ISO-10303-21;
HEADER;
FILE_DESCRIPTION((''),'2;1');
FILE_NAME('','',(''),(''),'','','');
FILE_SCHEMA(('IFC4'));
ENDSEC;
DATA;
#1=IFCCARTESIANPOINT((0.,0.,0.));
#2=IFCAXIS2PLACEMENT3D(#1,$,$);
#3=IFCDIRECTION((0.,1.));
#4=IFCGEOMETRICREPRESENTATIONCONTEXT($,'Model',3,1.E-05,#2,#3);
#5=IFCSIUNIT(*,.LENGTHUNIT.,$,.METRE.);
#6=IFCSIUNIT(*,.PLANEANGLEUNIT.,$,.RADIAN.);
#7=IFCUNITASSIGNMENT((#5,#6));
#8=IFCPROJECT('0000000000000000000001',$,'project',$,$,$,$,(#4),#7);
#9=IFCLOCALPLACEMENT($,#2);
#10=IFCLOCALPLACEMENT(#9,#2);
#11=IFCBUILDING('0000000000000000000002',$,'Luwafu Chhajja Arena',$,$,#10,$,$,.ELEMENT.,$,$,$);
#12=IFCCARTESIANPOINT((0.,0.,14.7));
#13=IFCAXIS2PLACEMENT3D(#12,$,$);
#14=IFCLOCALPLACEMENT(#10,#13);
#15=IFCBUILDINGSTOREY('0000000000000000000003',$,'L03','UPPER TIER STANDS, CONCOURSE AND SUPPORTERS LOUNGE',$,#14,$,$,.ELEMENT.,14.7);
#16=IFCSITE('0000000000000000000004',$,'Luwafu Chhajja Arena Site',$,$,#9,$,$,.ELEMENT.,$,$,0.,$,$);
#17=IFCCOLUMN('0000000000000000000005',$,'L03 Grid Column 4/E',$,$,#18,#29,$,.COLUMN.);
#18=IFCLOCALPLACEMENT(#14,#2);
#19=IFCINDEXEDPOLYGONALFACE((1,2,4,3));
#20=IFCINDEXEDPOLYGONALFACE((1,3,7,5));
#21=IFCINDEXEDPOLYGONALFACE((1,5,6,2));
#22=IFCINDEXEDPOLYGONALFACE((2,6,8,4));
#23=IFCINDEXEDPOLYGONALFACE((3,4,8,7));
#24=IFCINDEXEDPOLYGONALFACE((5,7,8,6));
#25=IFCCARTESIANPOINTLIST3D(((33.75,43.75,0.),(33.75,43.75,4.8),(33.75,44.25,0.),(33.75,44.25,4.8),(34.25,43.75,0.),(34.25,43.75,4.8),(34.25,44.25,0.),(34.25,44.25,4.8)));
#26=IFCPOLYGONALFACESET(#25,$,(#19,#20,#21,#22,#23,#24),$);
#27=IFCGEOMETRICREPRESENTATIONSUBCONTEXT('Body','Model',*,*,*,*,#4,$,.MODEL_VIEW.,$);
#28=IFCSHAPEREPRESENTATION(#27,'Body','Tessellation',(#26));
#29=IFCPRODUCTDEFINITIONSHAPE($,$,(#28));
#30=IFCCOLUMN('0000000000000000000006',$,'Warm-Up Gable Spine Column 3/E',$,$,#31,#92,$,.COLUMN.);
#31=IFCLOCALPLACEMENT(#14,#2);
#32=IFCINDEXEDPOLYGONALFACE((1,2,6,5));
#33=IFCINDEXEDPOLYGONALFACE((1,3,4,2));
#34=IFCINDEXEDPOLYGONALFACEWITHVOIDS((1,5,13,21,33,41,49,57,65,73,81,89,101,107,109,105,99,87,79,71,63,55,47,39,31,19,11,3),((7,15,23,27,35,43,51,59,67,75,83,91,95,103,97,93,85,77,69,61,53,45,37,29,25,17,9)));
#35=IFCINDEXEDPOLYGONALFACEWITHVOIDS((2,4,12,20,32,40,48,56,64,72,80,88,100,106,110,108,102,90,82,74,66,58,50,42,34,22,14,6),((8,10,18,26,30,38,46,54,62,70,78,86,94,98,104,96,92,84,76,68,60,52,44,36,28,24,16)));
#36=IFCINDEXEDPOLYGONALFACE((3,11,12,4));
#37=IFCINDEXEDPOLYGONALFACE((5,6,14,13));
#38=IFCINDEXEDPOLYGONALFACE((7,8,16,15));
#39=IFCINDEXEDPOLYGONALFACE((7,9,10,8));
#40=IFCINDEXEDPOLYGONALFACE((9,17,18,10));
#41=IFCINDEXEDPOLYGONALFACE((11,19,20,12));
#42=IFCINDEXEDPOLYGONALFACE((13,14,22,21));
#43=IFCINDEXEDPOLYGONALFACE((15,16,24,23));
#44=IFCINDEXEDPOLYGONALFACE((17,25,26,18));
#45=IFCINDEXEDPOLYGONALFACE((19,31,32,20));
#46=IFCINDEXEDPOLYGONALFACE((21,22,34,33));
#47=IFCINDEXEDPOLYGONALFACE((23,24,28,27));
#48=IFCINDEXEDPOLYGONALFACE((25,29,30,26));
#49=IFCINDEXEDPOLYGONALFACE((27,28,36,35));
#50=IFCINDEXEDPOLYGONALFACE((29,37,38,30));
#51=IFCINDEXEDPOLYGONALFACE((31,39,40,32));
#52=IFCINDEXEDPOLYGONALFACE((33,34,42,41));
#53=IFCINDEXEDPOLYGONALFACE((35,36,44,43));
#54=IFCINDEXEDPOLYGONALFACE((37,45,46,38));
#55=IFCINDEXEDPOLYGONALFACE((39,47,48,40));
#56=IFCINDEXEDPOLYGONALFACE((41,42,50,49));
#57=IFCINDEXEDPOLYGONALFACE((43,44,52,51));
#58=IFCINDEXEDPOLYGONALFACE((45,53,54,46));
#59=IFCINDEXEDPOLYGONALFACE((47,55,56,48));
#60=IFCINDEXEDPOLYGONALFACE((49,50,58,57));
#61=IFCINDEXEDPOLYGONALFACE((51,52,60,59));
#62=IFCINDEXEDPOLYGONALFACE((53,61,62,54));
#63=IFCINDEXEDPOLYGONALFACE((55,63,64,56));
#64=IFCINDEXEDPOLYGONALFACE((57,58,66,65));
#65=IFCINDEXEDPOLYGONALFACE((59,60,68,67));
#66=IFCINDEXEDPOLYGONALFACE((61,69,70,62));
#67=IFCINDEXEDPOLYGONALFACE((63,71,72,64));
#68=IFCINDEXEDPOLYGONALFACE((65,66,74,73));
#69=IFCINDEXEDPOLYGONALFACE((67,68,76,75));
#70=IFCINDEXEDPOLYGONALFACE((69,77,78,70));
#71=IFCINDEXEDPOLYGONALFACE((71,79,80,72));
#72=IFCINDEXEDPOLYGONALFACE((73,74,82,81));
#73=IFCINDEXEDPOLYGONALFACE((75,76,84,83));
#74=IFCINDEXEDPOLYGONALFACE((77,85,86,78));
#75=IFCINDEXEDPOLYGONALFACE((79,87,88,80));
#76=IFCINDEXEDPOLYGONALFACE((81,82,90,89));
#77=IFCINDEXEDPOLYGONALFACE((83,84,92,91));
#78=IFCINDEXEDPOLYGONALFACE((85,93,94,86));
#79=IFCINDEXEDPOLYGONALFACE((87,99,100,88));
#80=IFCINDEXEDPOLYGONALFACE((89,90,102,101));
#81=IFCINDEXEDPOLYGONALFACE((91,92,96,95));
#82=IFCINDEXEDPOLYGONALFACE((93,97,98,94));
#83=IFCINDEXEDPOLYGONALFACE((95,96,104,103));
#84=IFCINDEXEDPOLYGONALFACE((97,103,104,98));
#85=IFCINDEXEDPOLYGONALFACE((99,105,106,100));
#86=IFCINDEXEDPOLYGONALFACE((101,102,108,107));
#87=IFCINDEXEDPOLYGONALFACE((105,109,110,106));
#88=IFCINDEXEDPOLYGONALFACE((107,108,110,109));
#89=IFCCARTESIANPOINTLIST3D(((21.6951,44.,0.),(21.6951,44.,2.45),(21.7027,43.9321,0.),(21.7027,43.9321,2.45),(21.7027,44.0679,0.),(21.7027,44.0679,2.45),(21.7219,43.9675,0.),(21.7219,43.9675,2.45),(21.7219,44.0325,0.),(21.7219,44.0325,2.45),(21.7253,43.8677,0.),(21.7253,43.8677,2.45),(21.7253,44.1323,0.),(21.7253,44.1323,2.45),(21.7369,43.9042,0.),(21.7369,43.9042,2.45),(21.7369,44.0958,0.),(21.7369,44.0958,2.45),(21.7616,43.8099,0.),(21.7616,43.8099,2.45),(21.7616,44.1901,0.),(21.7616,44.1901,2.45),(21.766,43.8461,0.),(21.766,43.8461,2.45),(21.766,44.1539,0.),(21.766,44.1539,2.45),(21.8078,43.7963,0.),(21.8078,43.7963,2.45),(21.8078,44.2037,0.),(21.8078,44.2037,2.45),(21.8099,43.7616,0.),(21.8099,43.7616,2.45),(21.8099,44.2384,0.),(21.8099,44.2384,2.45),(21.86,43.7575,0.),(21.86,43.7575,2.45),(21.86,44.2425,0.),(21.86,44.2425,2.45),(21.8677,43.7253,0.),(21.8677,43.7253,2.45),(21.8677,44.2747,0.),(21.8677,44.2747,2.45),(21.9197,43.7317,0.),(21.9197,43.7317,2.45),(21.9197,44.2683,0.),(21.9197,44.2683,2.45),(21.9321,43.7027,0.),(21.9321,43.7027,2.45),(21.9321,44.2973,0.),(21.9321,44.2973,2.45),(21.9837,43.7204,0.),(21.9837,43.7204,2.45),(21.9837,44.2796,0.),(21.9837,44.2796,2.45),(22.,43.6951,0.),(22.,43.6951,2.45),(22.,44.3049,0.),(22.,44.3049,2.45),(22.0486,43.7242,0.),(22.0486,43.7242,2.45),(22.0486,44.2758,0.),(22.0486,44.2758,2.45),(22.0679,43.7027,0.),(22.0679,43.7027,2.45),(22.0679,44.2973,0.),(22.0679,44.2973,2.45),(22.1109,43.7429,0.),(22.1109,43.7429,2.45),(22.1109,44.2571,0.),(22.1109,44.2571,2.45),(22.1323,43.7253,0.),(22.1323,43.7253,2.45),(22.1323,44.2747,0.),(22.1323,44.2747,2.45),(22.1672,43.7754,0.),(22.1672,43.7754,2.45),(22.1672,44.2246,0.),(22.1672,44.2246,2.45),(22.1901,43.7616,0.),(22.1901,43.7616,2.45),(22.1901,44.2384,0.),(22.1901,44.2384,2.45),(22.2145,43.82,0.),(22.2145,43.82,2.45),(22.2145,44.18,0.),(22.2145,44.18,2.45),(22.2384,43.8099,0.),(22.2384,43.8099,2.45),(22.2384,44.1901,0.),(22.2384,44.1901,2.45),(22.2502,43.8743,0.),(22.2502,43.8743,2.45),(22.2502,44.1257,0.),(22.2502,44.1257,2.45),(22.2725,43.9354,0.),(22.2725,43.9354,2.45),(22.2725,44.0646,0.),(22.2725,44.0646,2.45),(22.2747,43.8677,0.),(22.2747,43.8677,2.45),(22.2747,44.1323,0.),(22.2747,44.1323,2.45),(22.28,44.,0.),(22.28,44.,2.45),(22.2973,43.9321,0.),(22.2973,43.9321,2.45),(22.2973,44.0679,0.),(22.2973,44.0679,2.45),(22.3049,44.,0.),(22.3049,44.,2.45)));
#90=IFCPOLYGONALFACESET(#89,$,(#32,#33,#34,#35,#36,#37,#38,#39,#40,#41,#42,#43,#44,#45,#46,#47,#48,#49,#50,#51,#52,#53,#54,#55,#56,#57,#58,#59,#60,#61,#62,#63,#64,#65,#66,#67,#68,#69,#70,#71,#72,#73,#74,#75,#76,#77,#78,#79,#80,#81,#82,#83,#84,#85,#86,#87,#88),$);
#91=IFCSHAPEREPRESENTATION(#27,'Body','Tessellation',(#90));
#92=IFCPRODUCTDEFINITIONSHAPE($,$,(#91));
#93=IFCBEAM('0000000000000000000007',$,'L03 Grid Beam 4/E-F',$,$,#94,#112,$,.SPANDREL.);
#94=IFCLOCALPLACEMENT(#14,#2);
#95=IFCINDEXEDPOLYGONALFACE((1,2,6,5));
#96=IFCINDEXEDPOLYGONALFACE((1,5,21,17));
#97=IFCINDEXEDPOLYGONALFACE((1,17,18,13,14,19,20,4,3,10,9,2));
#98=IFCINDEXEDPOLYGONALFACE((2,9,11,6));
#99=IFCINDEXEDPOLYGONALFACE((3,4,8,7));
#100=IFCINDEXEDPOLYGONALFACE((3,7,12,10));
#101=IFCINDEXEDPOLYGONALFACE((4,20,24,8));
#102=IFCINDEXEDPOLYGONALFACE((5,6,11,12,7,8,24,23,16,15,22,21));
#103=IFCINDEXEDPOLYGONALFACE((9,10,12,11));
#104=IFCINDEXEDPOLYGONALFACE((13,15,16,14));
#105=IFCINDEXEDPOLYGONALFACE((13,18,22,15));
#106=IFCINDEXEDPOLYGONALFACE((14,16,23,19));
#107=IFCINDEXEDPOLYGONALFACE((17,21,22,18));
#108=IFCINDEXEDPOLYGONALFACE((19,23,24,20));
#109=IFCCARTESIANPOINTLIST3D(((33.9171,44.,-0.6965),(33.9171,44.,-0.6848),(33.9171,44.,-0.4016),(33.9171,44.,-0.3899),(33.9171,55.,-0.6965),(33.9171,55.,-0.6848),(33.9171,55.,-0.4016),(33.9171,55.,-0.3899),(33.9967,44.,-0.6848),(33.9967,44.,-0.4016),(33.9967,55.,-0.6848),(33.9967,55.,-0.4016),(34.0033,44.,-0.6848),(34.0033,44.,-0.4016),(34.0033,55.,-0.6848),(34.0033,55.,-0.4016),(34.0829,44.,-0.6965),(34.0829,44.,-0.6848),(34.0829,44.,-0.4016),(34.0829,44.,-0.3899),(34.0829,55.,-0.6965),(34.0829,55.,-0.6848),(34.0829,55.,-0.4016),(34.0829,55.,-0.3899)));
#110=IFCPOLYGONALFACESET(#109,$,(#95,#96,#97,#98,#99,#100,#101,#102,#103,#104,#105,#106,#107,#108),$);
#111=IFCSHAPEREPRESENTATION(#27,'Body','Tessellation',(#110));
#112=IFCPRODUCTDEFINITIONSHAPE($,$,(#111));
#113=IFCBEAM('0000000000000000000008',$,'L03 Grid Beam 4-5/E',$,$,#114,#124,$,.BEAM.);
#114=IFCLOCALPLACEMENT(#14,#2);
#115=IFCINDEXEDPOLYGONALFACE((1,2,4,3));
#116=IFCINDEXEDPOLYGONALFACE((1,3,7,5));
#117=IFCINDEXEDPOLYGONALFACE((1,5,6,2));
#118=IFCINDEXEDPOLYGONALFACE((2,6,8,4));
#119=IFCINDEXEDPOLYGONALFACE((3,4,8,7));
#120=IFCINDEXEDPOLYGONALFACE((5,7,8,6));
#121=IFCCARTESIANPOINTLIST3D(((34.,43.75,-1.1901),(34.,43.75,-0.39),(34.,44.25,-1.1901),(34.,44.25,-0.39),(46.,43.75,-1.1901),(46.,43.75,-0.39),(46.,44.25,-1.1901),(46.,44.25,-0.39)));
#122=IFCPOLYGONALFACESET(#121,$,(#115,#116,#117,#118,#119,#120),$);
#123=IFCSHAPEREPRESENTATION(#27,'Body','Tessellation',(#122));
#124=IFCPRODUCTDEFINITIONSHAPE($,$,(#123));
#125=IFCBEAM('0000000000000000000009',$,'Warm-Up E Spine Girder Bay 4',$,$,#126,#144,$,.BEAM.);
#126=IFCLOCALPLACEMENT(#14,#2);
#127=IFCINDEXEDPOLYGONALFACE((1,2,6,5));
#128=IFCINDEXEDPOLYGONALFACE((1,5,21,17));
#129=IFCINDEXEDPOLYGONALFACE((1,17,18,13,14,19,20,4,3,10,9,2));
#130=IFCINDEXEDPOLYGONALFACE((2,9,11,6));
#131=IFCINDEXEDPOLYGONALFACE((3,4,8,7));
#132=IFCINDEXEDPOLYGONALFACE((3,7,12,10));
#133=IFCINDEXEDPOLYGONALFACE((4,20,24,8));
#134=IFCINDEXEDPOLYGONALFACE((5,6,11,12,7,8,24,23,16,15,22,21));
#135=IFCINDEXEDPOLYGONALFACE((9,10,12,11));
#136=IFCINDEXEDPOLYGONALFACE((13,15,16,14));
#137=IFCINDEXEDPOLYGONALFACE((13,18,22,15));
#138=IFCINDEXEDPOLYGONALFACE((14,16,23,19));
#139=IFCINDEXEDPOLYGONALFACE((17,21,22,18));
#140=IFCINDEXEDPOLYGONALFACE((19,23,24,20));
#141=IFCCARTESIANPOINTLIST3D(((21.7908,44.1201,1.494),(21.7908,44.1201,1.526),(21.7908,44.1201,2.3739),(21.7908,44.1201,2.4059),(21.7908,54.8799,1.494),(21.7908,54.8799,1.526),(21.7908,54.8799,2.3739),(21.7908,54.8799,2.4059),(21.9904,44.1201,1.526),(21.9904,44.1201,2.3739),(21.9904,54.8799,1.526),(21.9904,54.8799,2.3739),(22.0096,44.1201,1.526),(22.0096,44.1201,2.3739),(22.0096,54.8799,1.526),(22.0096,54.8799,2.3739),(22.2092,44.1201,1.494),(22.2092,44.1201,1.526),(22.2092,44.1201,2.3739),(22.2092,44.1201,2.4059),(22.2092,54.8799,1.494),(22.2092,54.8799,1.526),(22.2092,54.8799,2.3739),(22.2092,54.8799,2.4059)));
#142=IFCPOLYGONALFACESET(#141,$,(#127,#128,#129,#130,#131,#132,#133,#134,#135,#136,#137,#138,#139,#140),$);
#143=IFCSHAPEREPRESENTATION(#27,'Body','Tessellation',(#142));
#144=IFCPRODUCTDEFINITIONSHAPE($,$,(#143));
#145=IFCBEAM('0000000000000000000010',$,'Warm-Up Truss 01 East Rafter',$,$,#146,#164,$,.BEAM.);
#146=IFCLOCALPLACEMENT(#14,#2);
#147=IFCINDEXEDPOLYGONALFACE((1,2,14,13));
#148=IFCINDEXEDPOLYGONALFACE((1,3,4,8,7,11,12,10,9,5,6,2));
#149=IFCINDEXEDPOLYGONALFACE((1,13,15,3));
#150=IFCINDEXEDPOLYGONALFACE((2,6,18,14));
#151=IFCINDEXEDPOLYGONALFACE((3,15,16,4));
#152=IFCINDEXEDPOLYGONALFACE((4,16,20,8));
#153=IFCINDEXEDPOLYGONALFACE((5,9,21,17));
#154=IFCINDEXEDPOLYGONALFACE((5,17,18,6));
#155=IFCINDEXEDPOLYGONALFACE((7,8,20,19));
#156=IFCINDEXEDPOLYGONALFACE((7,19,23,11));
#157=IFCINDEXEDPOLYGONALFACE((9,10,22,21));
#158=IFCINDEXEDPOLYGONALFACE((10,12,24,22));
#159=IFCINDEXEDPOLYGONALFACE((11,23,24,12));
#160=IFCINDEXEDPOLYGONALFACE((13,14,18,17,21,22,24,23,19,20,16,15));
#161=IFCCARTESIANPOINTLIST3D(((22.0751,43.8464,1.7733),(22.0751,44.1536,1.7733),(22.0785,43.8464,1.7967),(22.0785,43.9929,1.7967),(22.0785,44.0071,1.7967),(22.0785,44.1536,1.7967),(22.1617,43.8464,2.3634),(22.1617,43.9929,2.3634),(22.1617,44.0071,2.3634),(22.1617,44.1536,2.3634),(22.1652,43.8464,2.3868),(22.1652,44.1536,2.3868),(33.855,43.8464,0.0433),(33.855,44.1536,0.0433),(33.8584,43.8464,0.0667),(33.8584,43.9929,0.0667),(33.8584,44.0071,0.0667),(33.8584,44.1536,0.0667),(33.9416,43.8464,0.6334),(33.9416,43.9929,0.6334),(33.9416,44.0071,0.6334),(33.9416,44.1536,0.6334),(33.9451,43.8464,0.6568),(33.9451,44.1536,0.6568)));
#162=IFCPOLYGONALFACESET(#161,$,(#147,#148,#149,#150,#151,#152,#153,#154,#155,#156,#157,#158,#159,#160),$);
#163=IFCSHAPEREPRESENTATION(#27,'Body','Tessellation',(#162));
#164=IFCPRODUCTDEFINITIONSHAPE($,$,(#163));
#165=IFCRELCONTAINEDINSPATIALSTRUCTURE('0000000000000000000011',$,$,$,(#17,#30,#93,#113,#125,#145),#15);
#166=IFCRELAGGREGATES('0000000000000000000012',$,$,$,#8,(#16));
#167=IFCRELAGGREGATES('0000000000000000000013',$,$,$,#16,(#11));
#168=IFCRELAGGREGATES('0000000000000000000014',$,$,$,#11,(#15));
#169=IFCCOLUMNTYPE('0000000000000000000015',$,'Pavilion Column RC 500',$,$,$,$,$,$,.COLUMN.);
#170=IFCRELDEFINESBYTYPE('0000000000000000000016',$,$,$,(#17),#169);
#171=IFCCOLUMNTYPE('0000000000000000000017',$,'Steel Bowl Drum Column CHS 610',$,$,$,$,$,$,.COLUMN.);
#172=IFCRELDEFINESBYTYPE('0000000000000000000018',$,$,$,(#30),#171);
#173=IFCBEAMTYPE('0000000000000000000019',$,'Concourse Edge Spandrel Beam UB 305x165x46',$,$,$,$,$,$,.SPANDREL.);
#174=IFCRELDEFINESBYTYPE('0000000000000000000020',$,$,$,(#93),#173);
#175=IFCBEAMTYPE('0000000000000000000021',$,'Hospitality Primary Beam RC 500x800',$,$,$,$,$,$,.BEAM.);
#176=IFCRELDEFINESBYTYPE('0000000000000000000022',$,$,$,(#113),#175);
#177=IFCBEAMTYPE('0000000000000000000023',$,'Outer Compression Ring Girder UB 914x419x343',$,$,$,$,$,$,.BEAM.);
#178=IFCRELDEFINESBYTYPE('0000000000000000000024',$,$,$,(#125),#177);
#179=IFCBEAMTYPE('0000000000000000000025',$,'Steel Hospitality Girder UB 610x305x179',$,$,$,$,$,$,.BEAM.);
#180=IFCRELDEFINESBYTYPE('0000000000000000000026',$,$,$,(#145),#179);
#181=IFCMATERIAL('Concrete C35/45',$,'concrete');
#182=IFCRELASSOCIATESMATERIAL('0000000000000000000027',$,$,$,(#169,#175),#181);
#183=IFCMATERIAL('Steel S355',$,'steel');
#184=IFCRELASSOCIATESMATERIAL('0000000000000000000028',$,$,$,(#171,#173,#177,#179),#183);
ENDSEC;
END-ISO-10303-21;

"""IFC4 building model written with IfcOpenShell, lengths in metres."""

from ifc_helpers import new_model, si_unit, direction, frame, origin, origin_2d, place, context, subcontext, project, spatial, rectangle, hollow_circle, i_section, extrude, material, material_profile, profile_set, type_object, element, save


model = new_model("IFC4")

# Units and contexts
model_context = context("Model", 3, precision=1e-05, world=origin(), true_north=direction((0.0, 1.0)))
body_context = subcontext(model_context, "Body", "Model", "MODEL_VIEW")
ifc_project = project(units=[si_unit("LENGTHUNIT", "METRE"), si_unit("PLANEANGLEUNIT", "RADIAN")], contexts=[model_context])

# Site, building, storey
site_placement = place(None, origin())
site = spatial("IfcSite", under=ifc_project, at=site_placement, Name="Luwafu Chhajja Arena Site", CompositionType="ELEMENT", RefElevation=0.0)
building_placement = place(site_placement, origin())
building = spatial("IfcBuilding", under=site, at=building_placement, Name="Luwafu Chhajja Arena", CompositionType="ELEMENT")
storey_placement = place(building_placement, frame((0.0, 0.0, 14.7)))
storey = spatial("IfcBuildingStorey", under=building, at=storey_placement, Name="L03", Description="UPPER TIER STANDS, CONCOURSE AND SUPPORTERS LOUNGE", CompositionType="ELEMENT", Elevation=14.7)

# Columns
ifc_material_1 = material(Name="Concrete C35/45", Category="concrete")
ifc_material_profile_1 = material_profile(ifc_material_1, rectangle(XDim=0.5, YDim=0.5, at=origin_2d()), Name="RC 500x500")
ifc_profile_set_1 = profile_set([ifc_material_profile_1], Name="Concrete C35/45")
column_type_1 = type_object("IfcColumnType", Name="Pavilion Column RC 500", PredefinedType="COLUMN", material=ifc_profile_set_1)
column_1_placement = place(storey_placement, frame((34.0, 44.0, 0.0), z_axis=(0.0, 0.0, 1.0), x_axis=(1.0, 0.0, 0.0)))
element("IfcColumn", 1, at=column_1_placement, inside=storey, type_object=column_type_1, Name="L03 Grid Column 4/E", PredefinedType="COLUMN", context=body_context, shape_type="SweptSolid", body=[
    extrude(rectangle(XDim=0.5, YDim=0.5, at=origin_2d()), origin(), (0.0, 0.0, 1.0), 4.8),
])
ifc_material_2 = material(Name="Steel S355", Category="steel")
ifc_material_profile_2 = material_profile(ifc_material_2, hollow_circle(Radius=0.3049, WallThickness=0.0249, at=origin_2d()), Name="CHS 610x25")
ifc_profile_set_2 = profile_set([ifc_material_profile_2], Name="Steel S355")
column_type_2 = type_object("IfcColumnType", Name="Steel Bowl Drum Column CHS 610", PredefinedType="COLUMN", material=ifc_profile_set_2)
column_2_placement = place(storey_placement, frame((22.0, 44.0, 0.0), z_axis=(0.0, 0.0, 1.0), x_axis=(1.0, 0.0, 0.0)))
element("IfcColumn", 2, at=column_2_placement, inside=storey, type_object=column_type_2, Name="Warm-Up Gable Spine Column 3/E", PredefinedType="COLUMN", context=body_context, shape_type="SweptSolid", body=[
    extrude(hollow_circle(Radius=0.3049, WallThickness=0.0249, at=origin_2d()), origin(), (0.0, 0.0, 1.0), 2.45),
])

# Beams
ifc_material_profile_3 = material_profile(ifc_material_2, i_section(OverallWidth=0.1658, OverallDepth=0.3066, WebThickness=0.0066, FlangeThickness=0.0117, at=origin_2d()), Name="UB 305x165x46")
ifc_profile_set_3 = profile_set([ifc_material_profile_3], Name="Steel S355")
beam_type_1 = type_object("IfcBeamType", Name="Concourse Edge Spandrel Beam UB 305x165x46", PredefinedType="SPANDREL", material=ifc_profile_set_3)
beam_1_placement = place(storey_placement, frame((34.0, 44.0, -0.5432), z_axis=(0.0, 1.0, 0.0), x_axis=(-1.0, 0.0, 0.0)))
element("IfcBeam", 3, at=beam_1_placement, inside=storey, type_object=beam_type_1, Name="L03 Grid Beam 4/E-F", PredefinedType="SPANDREL", context=body_context, shape_type="SweptSolid", body=[
    extrude(i_section(OverallWidth=0.1658, OverallDepth=0.3066, WebThickness=0.0066, FlangeThickness=0.0117, at=origin_2d()), origin(), (0.0, 0.0, 1.0), 11.0),
])
ifc_material_profile_4 = material_profile(ifc_material_1, rectangle(XDim=0.5, YDim=0.8, at=origin_2d()), Name="RC 500x800")
ifc_profile_set_4 = profile_set([ifc_material_profile_4], Name="Concrete C35/45")
beam_type_2 = type_object("IfcBeamType", Name="Hospitality Primary Beam RC 500x800", PredefinedType="BEAM", material=ifc_profile_set_4)
beam_2_placement = place(storey_placement, frame((34.0, 44.0, -0.79), z_axis=(1.0, 0.0, 0.0), x_axis=(0.0, 1.0, 0.0)))
element("IfcBeam", 4, at=beam_2_placement, inside=storey, type_object=beam_type_2, Name="L03 Grid Beam 4-5/E", PredefinedType="BEAM", context=body_context, shape_type="SweptSolid", body=[
    extrude(rectangle(XDim=0.5, YDim=0.8, at=origin_2d()), origin(), (0.0, 0.0, 1.0), 12.0),
])
ifc_material_profile_5 = material_profile(ifc_material_2, i_section(OverallWidth=0.4185, OverallDepth=0.9119, WebThickness=0.0193, FlangeThickness=0.032, at=origin_2d()), Name="UB 914x419x343")
ifc_profile_set_5 = profile_set([ifc_material_profile_5], Name="Steel S355")
beam_type_3 = type_object("IfcBeamType", Name="Outer Compression Ring Girder UB 914x419x343", PredefinedType="BEAM", material=ifc_profile_set_5)
beam_3_placement = place(storey_placement, frame((22.0, 44.1201, 1.95), z_axis=(0.0, 1.0, 0.0), x_axis=(-1.0, 0.0, 0.0)))
element("IfcBeam", 5, at=beam_3_placement, inside=storey, type_object=beam_type_3, Name="Warm-Up E Spine Girder Bay 4", PredefinedType="BEAM", context=body_context, shape_type="SweptSolid", body=[
    extrude(i_section(OverallWidth=0.4185, OverallDepth=0.9119, WebThickness=0.0193, FlangeThickness=0.032, at=origin_2d()), origin(), (0.0, 0.0, 1.0), 10.7598),
])
ifc_material_profile_6 = material_profile(ifc_material_2, i_section(OverallWidth=0.3071, OverallDepth=0.6201, WebThickness=0.0142, FlangeThickness=0.0237, at=origin_2d()), Name="UB 610x305x179")
ifc_profile_set_6 = profile_set([ifc_material_profile_6], Name="Steel S355")
beam_type_4 = type_object("IfcBeamType", Name="Steel Hospitality Girder UB 610x305x179", PredefinedType="BEAM", material=ifc_profile_set_6)
beam_4_placement = place(storey_placement, frame((22.1201, 44.0, 2.0801), z_axis=(0.989387, 0.0, -0.145302), x_axis=(0.0, 1.0, 0.0)))
element("IfcBeam", 6, at=beam_4_placement, inside=storey, type_object=beam_type_4, Name="Warm-Up Truss 01 East Rafter", PredefinedType="BEAM", context=body_context, shape_type="SweptSolid", body=[
    extrude(i_section(OverallWidth=0.3071, OverallDepth=0.6201, WebThickness=0.0142, FlangeThickness=0.0237, at=origin_2d()), origin(), (0.0, 0.0, 1.0), 11.9062),
])

save(model, "model.ifc")
